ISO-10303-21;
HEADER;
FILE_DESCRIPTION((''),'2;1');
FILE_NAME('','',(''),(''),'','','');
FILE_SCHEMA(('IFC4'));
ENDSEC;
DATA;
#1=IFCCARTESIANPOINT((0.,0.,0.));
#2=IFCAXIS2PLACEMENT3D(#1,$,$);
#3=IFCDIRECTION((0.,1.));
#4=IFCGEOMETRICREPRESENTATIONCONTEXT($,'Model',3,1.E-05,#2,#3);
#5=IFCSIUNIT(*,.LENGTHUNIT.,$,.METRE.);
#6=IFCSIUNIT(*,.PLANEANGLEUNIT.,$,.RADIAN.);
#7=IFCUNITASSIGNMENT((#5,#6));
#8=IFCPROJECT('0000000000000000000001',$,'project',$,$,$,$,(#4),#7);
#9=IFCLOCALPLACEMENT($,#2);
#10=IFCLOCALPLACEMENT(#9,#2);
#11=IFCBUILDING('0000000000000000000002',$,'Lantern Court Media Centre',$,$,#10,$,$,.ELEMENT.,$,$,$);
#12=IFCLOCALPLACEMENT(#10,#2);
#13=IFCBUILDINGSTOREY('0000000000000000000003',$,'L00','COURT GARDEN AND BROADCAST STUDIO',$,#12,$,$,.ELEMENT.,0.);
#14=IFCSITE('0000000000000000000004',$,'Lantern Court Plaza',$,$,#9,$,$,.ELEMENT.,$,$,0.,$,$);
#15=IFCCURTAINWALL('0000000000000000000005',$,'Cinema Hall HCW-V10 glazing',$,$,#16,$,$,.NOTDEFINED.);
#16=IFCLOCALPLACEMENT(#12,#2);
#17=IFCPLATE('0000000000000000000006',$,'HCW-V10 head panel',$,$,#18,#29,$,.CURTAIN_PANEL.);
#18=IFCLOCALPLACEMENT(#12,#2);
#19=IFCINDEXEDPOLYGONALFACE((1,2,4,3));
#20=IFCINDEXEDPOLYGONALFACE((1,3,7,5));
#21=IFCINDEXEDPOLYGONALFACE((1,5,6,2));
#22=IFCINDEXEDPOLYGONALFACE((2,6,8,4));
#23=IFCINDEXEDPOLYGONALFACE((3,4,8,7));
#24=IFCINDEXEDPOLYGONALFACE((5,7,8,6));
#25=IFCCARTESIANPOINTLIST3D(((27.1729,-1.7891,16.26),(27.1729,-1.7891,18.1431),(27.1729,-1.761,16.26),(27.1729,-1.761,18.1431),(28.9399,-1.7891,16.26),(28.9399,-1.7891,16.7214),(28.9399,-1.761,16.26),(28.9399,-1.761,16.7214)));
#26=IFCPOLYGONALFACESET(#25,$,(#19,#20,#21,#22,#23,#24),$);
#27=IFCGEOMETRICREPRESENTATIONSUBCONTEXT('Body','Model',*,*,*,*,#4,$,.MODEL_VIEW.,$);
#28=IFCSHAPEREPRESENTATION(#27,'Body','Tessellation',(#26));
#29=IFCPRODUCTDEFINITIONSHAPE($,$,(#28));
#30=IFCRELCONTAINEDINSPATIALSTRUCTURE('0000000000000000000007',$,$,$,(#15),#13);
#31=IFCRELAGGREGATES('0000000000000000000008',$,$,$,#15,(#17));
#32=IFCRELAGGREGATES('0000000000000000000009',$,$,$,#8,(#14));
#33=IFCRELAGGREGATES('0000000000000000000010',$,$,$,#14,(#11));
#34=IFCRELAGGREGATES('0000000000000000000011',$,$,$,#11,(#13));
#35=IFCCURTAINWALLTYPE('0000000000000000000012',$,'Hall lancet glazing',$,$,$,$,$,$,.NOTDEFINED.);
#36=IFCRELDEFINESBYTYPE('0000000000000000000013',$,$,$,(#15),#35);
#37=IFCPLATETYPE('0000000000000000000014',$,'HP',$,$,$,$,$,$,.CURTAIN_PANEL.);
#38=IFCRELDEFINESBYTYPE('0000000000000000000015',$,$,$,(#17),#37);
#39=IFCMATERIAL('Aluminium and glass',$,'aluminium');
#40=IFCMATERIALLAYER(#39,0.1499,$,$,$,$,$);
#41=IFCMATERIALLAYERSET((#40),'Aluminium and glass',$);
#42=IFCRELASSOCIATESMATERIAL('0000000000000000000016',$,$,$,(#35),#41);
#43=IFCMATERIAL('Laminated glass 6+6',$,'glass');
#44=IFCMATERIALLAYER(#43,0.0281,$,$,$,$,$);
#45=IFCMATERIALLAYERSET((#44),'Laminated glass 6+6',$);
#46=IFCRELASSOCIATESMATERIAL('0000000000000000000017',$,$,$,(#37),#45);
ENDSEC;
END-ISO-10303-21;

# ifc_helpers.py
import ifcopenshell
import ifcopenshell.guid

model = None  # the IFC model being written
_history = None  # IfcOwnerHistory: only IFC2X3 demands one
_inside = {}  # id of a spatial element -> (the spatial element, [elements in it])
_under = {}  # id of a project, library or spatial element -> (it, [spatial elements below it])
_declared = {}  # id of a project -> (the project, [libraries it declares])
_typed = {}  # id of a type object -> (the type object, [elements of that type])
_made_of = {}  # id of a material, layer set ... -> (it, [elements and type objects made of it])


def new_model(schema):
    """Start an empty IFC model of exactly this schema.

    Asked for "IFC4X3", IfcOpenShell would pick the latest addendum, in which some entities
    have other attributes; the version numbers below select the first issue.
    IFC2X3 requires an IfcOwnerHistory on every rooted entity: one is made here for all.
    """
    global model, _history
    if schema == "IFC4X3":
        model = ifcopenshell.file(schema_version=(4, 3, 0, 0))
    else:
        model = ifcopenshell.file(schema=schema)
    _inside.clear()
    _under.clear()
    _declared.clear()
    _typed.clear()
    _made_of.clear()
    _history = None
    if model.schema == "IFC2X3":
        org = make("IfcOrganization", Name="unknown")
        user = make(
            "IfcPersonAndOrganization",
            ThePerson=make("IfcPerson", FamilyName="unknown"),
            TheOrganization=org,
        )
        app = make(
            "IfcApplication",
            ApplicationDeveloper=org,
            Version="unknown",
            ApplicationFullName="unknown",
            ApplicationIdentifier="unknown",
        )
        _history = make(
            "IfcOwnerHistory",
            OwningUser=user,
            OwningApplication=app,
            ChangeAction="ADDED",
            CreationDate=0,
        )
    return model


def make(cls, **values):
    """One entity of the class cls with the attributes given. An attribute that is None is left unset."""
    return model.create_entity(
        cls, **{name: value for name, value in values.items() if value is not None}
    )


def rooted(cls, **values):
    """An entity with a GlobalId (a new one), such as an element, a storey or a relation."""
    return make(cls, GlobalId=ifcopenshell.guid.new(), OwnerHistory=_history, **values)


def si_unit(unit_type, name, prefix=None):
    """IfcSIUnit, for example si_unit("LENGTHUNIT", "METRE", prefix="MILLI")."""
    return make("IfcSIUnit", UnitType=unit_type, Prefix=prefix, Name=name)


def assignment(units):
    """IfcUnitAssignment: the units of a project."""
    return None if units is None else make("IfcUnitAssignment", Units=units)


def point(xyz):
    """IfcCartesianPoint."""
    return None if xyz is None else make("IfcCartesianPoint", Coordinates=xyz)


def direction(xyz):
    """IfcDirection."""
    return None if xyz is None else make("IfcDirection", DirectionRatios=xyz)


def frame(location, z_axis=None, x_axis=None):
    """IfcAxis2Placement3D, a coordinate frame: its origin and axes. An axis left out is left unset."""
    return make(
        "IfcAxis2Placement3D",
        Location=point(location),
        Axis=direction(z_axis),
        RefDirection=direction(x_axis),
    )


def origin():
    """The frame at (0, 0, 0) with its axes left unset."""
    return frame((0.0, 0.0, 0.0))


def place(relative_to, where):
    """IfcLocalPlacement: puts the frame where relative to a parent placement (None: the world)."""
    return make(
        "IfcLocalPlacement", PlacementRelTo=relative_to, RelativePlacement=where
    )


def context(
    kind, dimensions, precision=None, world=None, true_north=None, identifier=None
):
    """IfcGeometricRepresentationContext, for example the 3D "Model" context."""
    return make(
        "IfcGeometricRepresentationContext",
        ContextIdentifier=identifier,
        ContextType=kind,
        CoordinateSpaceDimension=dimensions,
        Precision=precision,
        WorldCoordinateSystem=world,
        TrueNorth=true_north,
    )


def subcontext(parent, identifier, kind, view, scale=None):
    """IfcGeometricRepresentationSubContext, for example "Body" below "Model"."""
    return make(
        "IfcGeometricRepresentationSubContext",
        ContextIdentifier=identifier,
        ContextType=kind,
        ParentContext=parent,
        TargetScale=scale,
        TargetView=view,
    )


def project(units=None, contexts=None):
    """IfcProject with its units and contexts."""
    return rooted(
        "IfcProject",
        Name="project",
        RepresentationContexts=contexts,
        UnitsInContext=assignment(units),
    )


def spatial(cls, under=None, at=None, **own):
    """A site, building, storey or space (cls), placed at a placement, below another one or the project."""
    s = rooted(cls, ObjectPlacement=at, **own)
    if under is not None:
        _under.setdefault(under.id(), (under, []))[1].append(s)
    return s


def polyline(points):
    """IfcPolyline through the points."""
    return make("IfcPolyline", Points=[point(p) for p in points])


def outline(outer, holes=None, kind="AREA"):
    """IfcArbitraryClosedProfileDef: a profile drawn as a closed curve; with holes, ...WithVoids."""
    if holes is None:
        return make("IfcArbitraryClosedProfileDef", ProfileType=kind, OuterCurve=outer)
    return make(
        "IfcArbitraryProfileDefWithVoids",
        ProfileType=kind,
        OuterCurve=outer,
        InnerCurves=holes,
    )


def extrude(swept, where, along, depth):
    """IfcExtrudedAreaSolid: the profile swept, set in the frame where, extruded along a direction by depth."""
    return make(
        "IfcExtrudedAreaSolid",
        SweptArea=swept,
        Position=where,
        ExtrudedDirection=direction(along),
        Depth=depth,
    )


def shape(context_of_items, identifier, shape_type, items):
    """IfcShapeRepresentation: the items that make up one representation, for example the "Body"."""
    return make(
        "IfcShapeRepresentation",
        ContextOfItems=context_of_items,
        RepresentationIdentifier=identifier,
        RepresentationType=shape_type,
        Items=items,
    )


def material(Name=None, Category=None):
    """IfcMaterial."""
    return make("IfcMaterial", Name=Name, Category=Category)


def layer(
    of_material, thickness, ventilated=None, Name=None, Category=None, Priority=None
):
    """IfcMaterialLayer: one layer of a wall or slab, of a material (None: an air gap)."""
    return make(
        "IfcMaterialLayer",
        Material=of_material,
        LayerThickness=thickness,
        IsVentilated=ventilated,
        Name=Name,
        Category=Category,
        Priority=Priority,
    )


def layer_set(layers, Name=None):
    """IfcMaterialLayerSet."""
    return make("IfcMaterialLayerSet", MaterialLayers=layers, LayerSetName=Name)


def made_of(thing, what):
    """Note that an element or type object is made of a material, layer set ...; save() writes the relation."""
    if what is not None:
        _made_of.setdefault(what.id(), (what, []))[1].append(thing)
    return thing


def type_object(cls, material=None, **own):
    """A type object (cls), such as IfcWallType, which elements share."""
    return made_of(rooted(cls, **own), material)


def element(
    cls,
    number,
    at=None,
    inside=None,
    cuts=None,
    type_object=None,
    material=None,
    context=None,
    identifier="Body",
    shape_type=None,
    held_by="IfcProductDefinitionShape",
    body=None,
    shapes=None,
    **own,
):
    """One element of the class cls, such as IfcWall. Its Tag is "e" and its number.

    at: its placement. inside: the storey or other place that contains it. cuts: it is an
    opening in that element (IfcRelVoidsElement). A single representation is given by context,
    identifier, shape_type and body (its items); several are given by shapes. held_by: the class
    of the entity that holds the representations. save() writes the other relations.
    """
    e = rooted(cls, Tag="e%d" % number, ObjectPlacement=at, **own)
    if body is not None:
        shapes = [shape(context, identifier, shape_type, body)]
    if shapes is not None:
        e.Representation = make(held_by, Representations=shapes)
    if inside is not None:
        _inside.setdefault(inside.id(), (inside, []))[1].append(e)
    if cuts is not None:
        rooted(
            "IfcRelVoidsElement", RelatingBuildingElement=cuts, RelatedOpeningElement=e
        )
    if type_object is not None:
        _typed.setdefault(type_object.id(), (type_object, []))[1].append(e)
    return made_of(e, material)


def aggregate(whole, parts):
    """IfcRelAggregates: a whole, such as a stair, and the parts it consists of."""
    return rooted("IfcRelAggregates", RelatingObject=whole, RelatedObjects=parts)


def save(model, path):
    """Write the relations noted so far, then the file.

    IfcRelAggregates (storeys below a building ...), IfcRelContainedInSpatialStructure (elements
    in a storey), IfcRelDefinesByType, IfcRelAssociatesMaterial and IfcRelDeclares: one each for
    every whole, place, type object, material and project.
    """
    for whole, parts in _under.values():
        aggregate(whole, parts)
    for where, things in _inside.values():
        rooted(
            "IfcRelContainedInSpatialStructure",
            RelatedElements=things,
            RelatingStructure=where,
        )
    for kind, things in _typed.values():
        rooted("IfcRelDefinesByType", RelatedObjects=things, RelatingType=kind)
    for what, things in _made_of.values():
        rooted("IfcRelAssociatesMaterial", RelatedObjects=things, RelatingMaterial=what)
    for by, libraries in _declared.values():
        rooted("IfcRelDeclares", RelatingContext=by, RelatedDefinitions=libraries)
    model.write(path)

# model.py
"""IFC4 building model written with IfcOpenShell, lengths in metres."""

from ifc_helpers import new_model, si_unit, direction, frame, origin, place, context, subcontext, project, spatial, polyline, outline, extrude, material, layer, layer_set, type_object, element, aggregate, save


model = new_model("IFC4")

# Units and contexts
model_context = context("Model", 3, precision=1e-05, world=origin(), true_north=direction((0.0, 1.0)))
body_context = subcontext(model_context, "Body", "Model", "MODEL_VIEW")
ifc_project = project(units=[si_unit("LENGTHUNIT", "METRE"), si_unit("PLANEANGLEUNIT", "RADIAN")], contexts=[model_context])

# Site, building, storey
site_placement = place(None, origin())
site = spatial("IfcSite", under=ifc_project, at=site_placement, Name="Lantern Court Plaza", CompositionType="ELEMENT", RefElevation=0.0)
building_placement = place(site_placement, origin())
building = spatial("IfcBuilding", under=site, at=building_placement, Name="Lantern Court Media Centre", CompositionType="ELEMENT")
storey_placement = place(building_placement, origin())
storey = spatial("IfcBuildingStorey", under=building, at=storey_placement, Name="L00", Description="COURT GARDEN AND BROADCAST STUDIO", CompositionType="ELEMENT", Elevation=0.0)

# Curtain wall, plate
ifc_material_1 = material(Name="Aluminium and glass", Category="aluminium")
ifc_layer_1 = layer(ifc_material_1, 0.1499)
ifc_layer_set_1 = layer_set([ifc_layer_1], Name="Aluminium and glass")
curtain_wall_type = type_object("IfcCurtainWallType", Name="Hall lancet glazing", PredefinedType="NOTDEFINED", material=ifc_layer_set_1)
curtain_wall_placement = place(storey_placement, origin())
curtain_wall = element("IfcCurtainWall", 1, at=curtain_wall_placement, inside=storey, type_object=curtain_wall_type, Name="Cinema Hall HCW-V10 glazing", PredefinedType="NOTDEFINED")
ifc_material_2 = material(Name="Laminated glass 6+6", Category="glass")
ifc_layer_2 = layer(ifc_material_2, 0.0281)
ifc_layer_set_2 = layer_set([ifc_layer_2], Name="Laminated glass 6+6")
plate_type = type_object("IfcPlateType", Name="HP", PredefinedType="CURTAIN_PANEL", material=ifc_layer_set_2)
plate_1_placement = place(storey_placement, frame((27.1729, -1.7891, 16.26), z_axis=(0.0, -1.0, 0.0), x_axis=(1.0, 0.0, 0.0)))
plate_1 = element("IfcPlate", 2, at=plate_1_placement, type_object=plate_type, Name="HCW-V10 head panel", PredefinedType="CURTAIN_PANEL", context=body_context, shape_type="SweptSolid", body=[
    extrude(outline(polyline([(0.0, 0.0), (1.7671, 0.0), (1.7671, 0.4614), (0.0, 1.8831), (0.0, 0.0)])), origin(), (0.0, 0.0, -1.0), 0.0281),
])
aggregate(curtain_wall, [plate_1])

save(model, "model.ifc")
